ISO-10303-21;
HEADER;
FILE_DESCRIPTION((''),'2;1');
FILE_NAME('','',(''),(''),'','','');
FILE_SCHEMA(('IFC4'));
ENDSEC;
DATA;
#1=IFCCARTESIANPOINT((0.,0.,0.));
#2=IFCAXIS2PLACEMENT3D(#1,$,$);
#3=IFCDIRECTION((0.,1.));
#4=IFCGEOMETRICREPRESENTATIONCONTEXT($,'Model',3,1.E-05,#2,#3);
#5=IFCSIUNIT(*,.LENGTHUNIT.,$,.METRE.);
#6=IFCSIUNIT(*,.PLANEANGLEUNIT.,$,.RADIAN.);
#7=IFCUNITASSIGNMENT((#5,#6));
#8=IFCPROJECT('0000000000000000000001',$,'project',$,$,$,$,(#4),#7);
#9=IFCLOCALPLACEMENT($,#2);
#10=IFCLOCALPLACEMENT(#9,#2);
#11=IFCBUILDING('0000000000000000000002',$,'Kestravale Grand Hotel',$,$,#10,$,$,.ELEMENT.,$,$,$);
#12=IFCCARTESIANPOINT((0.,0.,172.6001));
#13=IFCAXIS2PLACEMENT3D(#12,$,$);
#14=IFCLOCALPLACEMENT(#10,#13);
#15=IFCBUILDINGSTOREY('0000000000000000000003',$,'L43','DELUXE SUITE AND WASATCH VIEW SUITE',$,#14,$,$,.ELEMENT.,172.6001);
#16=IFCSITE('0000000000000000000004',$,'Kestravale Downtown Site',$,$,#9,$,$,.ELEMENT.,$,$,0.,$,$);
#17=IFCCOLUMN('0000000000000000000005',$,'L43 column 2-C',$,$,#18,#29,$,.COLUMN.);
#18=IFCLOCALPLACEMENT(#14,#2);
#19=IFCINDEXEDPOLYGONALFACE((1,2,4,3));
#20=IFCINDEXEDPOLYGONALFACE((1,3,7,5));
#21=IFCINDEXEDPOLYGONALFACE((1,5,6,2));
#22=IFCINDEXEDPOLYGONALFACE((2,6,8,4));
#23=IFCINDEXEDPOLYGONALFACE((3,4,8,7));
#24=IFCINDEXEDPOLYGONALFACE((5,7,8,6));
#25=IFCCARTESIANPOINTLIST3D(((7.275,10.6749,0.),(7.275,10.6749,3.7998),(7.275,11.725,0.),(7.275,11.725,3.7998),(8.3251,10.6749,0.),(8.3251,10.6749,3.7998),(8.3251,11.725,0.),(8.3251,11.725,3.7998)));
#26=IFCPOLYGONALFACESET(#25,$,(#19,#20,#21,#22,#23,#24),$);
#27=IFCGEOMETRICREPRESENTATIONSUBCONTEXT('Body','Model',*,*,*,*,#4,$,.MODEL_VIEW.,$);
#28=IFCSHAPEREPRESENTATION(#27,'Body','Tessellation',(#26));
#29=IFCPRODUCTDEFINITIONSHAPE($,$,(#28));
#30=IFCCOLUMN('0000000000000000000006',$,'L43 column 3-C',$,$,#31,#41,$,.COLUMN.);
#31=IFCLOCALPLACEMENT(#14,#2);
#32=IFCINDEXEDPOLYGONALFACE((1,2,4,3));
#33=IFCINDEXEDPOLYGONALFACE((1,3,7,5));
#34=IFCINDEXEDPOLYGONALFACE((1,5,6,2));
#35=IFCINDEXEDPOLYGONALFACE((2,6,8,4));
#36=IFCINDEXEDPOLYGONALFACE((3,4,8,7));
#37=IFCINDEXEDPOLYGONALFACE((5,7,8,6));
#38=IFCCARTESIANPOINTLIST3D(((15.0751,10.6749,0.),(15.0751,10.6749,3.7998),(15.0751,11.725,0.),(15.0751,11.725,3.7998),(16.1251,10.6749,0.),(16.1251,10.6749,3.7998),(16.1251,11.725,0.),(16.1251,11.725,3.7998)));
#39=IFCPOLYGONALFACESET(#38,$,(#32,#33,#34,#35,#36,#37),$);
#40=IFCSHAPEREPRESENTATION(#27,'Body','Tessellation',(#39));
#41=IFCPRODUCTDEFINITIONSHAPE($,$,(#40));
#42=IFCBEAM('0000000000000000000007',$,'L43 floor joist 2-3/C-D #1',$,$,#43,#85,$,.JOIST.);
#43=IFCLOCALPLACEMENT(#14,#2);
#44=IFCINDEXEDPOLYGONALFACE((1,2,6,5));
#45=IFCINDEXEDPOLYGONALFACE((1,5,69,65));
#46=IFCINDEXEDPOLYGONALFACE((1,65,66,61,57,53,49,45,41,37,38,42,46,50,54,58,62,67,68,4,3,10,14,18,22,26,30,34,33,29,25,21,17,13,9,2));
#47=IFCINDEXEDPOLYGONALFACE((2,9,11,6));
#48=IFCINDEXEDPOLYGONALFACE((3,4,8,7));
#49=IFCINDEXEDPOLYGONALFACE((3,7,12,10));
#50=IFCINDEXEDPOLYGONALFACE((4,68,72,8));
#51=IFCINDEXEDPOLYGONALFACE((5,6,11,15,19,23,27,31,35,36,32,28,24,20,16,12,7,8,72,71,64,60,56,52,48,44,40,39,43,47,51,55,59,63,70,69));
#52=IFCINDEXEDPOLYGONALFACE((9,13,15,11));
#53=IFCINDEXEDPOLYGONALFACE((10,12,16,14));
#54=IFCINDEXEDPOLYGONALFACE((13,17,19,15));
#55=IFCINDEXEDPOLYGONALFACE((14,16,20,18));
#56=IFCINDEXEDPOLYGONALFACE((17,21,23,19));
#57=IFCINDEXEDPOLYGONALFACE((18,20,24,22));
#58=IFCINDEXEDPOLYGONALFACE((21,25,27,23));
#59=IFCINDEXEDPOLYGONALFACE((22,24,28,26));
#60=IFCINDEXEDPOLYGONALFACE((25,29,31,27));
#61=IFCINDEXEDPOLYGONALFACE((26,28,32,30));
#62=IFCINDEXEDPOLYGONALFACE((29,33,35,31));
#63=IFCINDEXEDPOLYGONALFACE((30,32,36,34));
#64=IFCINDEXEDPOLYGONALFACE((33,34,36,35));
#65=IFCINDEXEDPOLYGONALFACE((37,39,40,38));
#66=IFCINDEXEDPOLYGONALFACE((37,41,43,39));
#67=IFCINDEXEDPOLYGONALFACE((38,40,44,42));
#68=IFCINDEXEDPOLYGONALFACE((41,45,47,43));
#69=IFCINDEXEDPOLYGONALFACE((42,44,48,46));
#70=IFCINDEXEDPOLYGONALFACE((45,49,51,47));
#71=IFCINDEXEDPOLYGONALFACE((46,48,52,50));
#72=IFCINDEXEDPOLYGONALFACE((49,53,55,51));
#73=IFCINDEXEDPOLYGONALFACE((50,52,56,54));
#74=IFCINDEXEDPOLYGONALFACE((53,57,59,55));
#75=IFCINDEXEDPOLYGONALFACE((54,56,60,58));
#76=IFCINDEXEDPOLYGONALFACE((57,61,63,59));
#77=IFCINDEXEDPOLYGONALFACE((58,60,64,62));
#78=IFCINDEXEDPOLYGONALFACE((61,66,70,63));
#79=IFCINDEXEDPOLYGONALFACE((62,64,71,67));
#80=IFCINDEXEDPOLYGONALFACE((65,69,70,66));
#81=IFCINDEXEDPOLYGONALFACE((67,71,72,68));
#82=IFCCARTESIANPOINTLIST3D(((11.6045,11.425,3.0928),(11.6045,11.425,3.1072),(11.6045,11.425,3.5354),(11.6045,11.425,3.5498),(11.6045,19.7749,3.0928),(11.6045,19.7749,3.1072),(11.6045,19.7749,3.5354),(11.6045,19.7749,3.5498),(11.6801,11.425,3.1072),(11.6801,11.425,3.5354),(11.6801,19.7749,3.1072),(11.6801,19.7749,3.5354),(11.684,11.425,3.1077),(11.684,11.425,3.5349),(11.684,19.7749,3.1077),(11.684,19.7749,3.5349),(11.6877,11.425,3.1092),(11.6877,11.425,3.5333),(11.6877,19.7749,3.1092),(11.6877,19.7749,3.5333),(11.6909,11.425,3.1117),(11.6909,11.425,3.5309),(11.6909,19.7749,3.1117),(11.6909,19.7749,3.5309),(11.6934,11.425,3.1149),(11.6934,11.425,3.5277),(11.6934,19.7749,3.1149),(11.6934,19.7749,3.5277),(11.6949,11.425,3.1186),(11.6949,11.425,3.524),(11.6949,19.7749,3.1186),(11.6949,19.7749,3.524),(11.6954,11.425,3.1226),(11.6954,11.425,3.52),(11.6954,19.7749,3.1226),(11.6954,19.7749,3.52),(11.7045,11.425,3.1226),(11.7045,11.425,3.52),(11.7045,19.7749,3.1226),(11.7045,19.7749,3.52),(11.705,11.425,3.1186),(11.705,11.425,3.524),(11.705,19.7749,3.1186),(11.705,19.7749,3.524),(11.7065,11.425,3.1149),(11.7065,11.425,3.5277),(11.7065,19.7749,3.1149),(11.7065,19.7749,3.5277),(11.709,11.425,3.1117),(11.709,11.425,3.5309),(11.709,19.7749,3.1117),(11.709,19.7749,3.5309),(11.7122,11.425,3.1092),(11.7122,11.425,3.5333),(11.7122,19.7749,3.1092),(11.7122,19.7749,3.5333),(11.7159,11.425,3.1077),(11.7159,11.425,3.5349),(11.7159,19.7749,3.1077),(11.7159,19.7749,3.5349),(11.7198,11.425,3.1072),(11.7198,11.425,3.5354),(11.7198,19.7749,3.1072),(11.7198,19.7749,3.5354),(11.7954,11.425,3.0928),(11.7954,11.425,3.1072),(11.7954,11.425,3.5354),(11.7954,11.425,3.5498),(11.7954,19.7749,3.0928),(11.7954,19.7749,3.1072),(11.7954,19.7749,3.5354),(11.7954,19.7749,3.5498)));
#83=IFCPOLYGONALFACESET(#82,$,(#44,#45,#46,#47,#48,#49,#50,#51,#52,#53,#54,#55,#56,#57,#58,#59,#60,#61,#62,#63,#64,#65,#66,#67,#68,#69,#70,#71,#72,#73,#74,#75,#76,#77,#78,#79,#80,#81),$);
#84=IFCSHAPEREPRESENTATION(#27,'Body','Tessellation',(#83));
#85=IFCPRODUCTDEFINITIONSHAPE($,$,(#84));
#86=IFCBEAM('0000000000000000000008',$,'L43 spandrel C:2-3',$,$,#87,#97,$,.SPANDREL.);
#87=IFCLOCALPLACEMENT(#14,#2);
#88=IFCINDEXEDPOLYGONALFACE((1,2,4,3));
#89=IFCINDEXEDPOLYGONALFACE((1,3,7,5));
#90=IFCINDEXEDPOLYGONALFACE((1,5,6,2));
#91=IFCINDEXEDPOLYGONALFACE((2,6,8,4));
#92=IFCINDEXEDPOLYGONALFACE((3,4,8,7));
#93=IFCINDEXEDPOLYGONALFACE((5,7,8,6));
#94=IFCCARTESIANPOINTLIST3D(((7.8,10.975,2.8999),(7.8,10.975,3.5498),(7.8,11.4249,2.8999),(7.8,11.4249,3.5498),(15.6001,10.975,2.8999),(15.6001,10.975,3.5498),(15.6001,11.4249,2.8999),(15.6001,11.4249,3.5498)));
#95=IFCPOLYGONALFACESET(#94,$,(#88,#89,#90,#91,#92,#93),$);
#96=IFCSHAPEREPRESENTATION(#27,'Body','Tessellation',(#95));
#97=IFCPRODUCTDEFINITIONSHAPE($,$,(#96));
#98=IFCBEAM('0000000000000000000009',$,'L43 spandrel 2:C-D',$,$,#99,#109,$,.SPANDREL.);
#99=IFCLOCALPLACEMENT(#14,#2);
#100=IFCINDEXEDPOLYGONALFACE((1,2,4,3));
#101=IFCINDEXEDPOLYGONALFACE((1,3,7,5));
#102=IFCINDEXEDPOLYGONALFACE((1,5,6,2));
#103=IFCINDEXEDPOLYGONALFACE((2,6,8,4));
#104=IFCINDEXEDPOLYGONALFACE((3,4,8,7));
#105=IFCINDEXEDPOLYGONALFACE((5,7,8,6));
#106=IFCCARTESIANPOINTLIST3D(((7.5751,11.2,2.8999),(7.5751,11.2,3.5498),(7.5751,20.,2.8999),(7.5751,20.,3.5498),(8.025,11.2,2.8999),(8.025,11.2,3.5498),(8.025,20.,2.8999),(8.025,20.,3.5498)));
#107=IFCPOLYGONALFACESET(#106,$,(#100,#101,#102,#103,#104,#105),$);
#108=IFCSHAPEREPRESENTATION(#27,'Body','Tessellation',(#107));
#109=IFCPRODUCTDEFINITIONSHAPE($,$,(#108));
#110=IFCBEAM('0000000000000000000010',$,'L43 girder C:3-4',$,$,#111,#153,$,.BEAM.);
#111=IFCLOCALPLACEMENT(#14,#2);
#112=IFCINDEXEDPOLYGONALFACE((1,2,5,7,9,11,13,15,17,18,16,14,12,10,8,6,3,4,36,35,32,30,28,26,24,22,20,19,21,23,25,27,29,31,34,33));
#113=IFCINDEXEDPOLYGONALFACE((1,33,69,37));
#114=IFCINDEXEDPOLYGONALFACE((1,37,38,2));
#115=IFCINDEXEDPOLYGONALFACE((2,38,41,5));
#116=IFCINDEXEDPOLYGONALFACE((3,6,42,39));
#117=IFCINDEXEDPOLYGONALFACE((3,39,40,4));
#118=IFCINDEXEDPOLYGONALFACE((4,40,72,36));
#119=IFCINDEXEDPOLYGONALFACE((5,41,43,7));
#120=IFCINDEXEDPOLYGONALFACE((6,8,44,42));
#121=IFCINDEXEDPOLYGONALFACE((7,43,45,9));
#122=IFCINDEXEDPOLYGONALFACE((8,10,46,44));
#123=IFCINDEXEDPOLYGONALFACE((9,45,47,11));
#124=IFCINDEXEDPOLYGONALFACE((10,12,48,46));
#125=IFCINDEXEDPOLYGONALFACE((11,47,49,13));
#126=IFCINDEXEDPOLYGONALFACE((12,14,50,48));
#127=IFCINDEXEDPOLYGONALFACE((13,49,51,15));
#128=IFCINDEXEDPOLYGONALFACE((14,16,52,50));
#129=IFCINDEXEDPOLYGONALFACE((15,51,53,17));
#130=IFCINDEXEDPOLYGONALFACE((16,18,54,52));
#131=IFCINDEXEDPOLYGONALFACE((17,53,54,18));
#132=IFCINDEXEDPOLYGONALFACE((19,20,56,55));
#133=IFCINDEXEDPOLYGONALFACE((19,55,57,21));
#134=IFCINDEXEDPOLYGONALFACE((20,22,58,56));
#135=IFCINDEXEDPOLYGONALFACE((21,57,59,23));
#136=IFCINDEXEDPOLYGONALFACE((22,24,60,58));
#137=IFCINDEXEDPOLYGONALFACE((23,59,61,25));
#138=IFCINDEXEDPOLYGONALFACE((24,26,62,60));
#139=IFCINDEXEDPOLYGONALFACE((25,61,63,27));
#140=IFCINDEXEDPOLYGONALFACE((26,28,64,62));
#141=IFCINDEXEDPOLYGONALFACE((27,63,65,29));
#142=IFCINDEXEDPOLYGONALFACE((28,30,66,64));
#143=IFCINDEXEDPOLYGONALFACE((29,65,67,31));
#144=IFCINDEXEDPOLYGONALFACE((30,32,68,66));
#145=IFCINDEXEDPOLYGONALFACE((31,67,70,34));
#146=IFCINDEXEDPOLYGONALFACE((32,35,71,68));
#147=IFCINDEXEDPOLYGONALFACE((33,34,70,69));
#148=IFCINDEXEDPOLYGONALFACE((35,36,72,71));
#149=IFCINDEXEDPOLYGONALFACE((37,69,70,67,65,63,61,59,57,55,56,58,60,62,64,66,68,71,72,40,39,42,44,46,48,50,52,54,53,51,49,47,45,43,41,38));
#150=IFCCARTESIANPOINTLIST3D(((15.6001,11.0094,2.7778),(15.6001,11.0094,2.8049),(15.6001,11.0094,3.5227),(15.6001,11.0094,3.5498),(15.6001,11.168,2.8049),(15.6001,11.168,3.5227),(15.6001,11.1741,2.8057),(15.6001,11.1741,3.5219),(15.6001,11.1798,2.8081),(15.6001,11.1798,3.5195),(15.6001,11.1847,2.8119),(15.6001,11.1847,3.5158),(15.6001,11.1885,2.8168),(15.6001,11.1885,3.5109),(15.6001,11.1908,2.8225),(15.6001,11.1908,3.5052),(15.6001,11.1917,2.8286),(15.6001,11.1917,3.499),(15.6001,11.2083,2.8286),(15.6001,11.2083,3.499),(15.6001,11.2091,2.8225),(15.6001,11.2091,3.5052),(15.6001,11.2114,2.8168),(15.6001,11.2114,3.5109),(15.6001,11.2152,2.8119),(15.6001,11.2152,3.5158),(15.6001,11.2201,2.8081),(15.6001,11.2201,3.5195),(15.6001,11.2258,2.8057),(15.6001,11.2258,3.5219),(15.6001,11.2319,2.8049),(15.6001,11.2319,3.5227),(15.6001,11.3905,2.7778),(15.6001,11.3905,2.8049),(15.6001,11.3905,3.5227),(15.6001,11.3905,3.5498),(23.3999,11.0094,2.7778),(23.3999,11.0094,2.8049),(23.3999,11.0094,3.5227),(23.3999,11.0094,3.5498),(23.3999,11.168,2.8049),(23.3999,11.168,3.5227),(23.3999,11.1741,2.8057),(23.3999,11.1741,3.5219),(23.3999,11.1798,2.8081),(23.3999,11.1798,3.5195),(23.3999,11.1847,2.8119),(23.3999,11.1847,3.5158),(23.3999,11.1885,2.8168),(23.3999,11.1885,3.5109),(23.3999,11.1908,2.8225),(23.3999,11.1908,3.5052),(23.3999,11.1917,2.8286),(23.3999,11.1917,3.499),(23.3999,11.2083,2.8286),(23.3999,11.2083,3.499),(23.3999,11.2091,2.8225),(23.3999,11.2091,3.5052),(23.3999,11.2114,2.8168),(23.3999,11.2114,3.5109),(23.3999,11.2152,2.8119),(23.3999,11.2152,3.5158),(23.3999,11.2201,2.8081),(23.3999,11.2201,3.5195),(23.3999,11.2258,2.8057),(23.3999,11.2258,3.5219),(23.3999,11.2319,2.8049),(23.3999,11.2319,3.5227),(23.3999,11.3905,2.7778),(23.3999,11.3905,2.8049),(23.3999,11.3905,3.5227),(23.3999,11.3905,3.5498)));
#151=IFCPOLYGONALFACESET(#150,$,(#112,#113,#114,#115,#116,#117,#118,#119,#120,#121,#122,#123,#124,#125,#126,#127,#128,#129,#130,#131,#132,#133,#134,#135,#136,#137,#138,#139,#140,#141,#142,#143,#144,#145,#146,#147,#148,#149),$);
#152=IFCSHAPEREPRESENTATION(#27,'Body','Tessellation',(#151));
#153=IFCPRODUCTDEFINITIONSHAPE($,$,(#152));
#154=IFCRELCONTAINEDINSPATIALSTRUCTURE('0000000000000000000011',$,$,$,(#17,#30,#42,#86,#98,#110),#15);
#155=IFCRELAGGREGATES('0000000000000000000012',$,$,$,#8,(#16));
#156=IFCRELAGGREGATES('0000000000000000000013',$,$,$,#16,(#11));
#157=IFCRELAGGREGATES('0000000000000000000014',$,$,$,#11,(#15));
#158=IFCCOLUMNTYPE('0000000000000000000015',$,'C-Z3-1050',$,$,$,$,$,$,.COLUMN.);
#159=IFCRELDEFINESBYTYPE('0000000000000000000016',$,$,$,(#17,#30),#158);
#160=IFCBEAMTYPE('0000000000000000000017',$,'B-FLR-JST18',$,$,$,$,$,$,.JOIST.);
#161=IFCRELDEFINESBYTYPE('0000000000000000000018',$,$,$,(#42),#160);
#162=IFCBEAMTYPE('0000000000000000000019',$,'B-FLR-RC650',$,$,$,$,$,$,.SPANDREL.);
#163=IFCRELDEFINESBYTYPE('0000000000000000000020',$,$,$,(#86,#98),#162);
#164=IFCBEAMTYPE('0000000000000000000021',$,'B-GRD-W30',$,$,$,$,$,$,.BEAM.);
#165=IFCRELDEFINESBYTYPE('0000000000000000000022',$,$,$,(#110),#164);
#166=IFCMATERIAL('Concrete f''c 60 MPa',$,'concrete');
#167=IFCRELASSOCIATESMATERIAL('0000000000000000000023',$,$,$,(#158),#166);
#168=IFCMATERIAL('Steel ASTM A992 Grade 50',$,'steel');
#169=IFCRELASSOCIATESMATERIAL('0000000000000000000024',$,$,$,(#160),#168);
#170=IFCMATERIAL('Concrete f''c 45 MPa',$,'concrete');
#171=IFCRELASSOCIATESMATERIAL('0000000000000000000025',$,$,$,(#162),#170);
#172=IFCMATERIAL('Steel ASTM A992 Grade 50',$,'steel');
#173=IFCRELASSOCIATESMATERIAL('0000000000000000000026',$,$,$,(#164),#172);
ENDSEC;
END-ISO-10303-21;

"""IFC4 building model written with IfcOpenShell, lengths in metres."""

from ifc_helpers import new_model, si_unit, direction, frame, origin, origin_2d, place, context, subcontext, project, spatial, rectangle, i_section, extrude, material, material_profile, profile_set, type_object, element, save


model = new_model("IFC4")

# Units and contexts
model_context = context("Model", 3, precision=1e-05, world=origin(), true_north=direction((0.0, 1.0)))
body_context = subcontext(model_context, "Body", "Model", "MODEL_VIEW")
ifc_project = project(units=[si_unit("LENGTHUNIT", "METRE"), si_unit("PLANEANGLEUNIT", "RADIAN")], contexts=[model_context])

# Site, building, storey
site_placement = place(None, origin())
site = spatial("IfcSite", under=ifc_project, at=site_placement, Name="Kestravale Downtown Site", CompositionType="ELEMENT", RefElevation=0.0)
building_placement = place(site_placement, origin())
building = spatial("IfcBuilding", under=site, at=building_placement, Name="Kestravale Grand Hotel", CompositionType="ELEMENT")
storey_placement = place(building_placement, frame((0.0, 0.0, 172.6001)))
storey = spatial("IfcBuildingStorey", under=building, at=storey_placement, Name="L43", Description="DELUXE SUITE AND WASATCH VIEW SUITE", CompositionType="ELEMENT", Elevation=172.6001)

# Columns
ifc_material_1 = material(Name="Concrete f'c 60 MPa", Category="concrete")
ifc_material_profile_1 = material_profile(ifc_material_1, rectangle(XDim=1.05, YDim=1.05, at=origin_2d()))
ifc_profile_set_1 = profile_set([ifc_material_profile_1], Name="Concrete f'c 60 MPa")
column_type = type_object("IfcColumnType", Name="C-Z3-1050", PredefinedType="COLUMN", material=ifc_profile_set_1)
for number, where, z_axis, x_axis, name in (
    (1, (7.8, 11.2, 0.0), (0.0, 0.0, 1.0), (1.0, 0.0, 0.0), "L43 column 2-C"),
    (2, (15.6001, 11.2, 0.0), (0.0, 0.0, 1.0), (1.0, 0.0, 0.0), "L43 column 3-C"),
):
    element("IfcColumn", number, at=place(storey_placement, frame(where, z_axis=z_axis, x_axis=x_axis)), inside=storey, type_object=column_type, Name=name, PredefinedType="COLUMN", context=body_context, shape_type="SweptSolid", body=[
        extrude(rectangle(XDim=1.05, YDim=1.05, at=origin_2d()), origin(), (0.0, 0.0, 1.0), 3.7998),
    ])

# Beams
ifc_material_2 = material(Name="Steel ASTM A992 Grade 50", Category="steel")
ifc_material_profile_2 = material_profile(ifc_material_2, i_section(OverallWidth=0.1909, OverallDepth=0.457, WebThickness=0.009, FlangeThickness=0.0144, FilletRadius=0.0154, at=origin_2d()))
ifc_profile_set_2 = profile_set([ifc_material_profile_2], Name="Steel ASTM A992 Grade 50")
beam_type_1 = type_object("IfcBeamType", Name="B-FLR-JST18", PredefinedType="JOIST", material=ifc_profile_set_2)
beam_1_placement = place(storey_placement, frame((11.7, 11.425, 3.3213), z_axis=(0.0, 1.0, 0.0), x_axis=(-1.0, 0.0, 0.0)))
element("IfcBeam", 3, at=beam_1_placement, inside=storey, type_object=beam_type_1, Name="L43 floor joist 2-3/C-D #1", PredefinedType="JOIST", context=body_context, shape_type="SweptSolid", body=[
    extrude(i_section(OverallWidth=0.1909, OverallDepth=0.457, WebThickness=0.009, FlangeThickness=0.0144, FilletRadius=0.0154, at=origin_2d()), origin(), (0.0, 0.0, 1.0), 8.3499),
])
ifc_material_3 = material(Name="Concrete f'c 45 MPa", Category="concrete")
ifc_material_profile_3 = material_profile(ifc_material_3, rectangle(XDim=0.45, YDim=0.6499, at=origin_2d()))
ifc_profile_set_3 = profile_set([ifc_material_profile_3], Name="Concrete f'c 45 MPa")
beam_type_2 = type_object("IfcBeamType", Name="B-FLR-RC650", PredefinedType="SPANDREL", material=ifc_profile_set_3)
beam_2_placement = place(storey_placement, frame((7.8, 11.2, 3.2249), z_axis=(1.0, 0.0, 0.0), x_axis=(0.0, 1.0, 0.0)))
element("IfcBeam", 4, at=beam_2_placement, inside=storey, type_object=beam_type_2, Name="L43 spandrel C:2-3", PredefinedType="SPANDREL", context=body_context, shape_type="SweptSolid", body=[
    extrude(rectangle(XDim=0.45, YDim=0.6499, at=origin_2d()), origin(), (0.0, 0.0, 1.0), 7.8),
])
beam_3_placement = place(storey_placement, frame((7.8, 11.2, 3.2249), z_axis=(0.0, 1.0, 0.0), x_axis=(-1.0, 0.0, 0.0)))
element("IfcBeam", 5, at=beam_3_placement, inside=storey, type_object=beam_type_2, Name="L43 spandrel 2:C-D", PredefinedType="SPANDREL", context=body_context, shape_type="SweptSolid", body=[
    extrude(rectangle(XDim=0.45, YDim=0.6499, at=origin_2d()), origin(), (0.0, 0.0, 1.0), 8.8),
])
ifc_material_4 = material(Name="Steel ASTM A992 Grade 50", Category="steel")
ifc_material_profile_4 = material_profile(ifc_material_4, i_section(OverallWidth=0.3811, OverallDepth=0.772, WebThickness=0.0166, FlangeThickness=0.0271, FilletRadius=0.0237, at=origin_2d()))
ifc_profile_set_4 = profile_set([ifc_material_profile_4], Name="Steel ASTM A992 Grade 50")
beam_type_3 = type_object("IfcBeamType", Name="B-GRD-W30", PredefinedType="BEAM", material=ifc_profile_set_4)
beam_4_placement = place(storey_placement, frame((15.6001, 11.2, 3.1638), z_axis=(1.0, 0.0, 0.0), x_axis=(0.0, 1.0, 0.0)))
element("IfcBeam", 6, at=beam_4_placement, inside=storey, type_object=beam_type_3, Name="L43 girder C:3-4", PredefinedType="BEAM", context=body_context, shape_type="SweptSolid", body=[
    extrude(i_section(OverallWidth=0.3811, OverallDepth=0.772, WebThickness=0.0166, FlangeThickness=0.0271, FilletRadius=0.0237, at=origin_2d()), origin(), (0.0, 0.0, 1.0), 7.7998),
])

save(model, "model.ifc")
